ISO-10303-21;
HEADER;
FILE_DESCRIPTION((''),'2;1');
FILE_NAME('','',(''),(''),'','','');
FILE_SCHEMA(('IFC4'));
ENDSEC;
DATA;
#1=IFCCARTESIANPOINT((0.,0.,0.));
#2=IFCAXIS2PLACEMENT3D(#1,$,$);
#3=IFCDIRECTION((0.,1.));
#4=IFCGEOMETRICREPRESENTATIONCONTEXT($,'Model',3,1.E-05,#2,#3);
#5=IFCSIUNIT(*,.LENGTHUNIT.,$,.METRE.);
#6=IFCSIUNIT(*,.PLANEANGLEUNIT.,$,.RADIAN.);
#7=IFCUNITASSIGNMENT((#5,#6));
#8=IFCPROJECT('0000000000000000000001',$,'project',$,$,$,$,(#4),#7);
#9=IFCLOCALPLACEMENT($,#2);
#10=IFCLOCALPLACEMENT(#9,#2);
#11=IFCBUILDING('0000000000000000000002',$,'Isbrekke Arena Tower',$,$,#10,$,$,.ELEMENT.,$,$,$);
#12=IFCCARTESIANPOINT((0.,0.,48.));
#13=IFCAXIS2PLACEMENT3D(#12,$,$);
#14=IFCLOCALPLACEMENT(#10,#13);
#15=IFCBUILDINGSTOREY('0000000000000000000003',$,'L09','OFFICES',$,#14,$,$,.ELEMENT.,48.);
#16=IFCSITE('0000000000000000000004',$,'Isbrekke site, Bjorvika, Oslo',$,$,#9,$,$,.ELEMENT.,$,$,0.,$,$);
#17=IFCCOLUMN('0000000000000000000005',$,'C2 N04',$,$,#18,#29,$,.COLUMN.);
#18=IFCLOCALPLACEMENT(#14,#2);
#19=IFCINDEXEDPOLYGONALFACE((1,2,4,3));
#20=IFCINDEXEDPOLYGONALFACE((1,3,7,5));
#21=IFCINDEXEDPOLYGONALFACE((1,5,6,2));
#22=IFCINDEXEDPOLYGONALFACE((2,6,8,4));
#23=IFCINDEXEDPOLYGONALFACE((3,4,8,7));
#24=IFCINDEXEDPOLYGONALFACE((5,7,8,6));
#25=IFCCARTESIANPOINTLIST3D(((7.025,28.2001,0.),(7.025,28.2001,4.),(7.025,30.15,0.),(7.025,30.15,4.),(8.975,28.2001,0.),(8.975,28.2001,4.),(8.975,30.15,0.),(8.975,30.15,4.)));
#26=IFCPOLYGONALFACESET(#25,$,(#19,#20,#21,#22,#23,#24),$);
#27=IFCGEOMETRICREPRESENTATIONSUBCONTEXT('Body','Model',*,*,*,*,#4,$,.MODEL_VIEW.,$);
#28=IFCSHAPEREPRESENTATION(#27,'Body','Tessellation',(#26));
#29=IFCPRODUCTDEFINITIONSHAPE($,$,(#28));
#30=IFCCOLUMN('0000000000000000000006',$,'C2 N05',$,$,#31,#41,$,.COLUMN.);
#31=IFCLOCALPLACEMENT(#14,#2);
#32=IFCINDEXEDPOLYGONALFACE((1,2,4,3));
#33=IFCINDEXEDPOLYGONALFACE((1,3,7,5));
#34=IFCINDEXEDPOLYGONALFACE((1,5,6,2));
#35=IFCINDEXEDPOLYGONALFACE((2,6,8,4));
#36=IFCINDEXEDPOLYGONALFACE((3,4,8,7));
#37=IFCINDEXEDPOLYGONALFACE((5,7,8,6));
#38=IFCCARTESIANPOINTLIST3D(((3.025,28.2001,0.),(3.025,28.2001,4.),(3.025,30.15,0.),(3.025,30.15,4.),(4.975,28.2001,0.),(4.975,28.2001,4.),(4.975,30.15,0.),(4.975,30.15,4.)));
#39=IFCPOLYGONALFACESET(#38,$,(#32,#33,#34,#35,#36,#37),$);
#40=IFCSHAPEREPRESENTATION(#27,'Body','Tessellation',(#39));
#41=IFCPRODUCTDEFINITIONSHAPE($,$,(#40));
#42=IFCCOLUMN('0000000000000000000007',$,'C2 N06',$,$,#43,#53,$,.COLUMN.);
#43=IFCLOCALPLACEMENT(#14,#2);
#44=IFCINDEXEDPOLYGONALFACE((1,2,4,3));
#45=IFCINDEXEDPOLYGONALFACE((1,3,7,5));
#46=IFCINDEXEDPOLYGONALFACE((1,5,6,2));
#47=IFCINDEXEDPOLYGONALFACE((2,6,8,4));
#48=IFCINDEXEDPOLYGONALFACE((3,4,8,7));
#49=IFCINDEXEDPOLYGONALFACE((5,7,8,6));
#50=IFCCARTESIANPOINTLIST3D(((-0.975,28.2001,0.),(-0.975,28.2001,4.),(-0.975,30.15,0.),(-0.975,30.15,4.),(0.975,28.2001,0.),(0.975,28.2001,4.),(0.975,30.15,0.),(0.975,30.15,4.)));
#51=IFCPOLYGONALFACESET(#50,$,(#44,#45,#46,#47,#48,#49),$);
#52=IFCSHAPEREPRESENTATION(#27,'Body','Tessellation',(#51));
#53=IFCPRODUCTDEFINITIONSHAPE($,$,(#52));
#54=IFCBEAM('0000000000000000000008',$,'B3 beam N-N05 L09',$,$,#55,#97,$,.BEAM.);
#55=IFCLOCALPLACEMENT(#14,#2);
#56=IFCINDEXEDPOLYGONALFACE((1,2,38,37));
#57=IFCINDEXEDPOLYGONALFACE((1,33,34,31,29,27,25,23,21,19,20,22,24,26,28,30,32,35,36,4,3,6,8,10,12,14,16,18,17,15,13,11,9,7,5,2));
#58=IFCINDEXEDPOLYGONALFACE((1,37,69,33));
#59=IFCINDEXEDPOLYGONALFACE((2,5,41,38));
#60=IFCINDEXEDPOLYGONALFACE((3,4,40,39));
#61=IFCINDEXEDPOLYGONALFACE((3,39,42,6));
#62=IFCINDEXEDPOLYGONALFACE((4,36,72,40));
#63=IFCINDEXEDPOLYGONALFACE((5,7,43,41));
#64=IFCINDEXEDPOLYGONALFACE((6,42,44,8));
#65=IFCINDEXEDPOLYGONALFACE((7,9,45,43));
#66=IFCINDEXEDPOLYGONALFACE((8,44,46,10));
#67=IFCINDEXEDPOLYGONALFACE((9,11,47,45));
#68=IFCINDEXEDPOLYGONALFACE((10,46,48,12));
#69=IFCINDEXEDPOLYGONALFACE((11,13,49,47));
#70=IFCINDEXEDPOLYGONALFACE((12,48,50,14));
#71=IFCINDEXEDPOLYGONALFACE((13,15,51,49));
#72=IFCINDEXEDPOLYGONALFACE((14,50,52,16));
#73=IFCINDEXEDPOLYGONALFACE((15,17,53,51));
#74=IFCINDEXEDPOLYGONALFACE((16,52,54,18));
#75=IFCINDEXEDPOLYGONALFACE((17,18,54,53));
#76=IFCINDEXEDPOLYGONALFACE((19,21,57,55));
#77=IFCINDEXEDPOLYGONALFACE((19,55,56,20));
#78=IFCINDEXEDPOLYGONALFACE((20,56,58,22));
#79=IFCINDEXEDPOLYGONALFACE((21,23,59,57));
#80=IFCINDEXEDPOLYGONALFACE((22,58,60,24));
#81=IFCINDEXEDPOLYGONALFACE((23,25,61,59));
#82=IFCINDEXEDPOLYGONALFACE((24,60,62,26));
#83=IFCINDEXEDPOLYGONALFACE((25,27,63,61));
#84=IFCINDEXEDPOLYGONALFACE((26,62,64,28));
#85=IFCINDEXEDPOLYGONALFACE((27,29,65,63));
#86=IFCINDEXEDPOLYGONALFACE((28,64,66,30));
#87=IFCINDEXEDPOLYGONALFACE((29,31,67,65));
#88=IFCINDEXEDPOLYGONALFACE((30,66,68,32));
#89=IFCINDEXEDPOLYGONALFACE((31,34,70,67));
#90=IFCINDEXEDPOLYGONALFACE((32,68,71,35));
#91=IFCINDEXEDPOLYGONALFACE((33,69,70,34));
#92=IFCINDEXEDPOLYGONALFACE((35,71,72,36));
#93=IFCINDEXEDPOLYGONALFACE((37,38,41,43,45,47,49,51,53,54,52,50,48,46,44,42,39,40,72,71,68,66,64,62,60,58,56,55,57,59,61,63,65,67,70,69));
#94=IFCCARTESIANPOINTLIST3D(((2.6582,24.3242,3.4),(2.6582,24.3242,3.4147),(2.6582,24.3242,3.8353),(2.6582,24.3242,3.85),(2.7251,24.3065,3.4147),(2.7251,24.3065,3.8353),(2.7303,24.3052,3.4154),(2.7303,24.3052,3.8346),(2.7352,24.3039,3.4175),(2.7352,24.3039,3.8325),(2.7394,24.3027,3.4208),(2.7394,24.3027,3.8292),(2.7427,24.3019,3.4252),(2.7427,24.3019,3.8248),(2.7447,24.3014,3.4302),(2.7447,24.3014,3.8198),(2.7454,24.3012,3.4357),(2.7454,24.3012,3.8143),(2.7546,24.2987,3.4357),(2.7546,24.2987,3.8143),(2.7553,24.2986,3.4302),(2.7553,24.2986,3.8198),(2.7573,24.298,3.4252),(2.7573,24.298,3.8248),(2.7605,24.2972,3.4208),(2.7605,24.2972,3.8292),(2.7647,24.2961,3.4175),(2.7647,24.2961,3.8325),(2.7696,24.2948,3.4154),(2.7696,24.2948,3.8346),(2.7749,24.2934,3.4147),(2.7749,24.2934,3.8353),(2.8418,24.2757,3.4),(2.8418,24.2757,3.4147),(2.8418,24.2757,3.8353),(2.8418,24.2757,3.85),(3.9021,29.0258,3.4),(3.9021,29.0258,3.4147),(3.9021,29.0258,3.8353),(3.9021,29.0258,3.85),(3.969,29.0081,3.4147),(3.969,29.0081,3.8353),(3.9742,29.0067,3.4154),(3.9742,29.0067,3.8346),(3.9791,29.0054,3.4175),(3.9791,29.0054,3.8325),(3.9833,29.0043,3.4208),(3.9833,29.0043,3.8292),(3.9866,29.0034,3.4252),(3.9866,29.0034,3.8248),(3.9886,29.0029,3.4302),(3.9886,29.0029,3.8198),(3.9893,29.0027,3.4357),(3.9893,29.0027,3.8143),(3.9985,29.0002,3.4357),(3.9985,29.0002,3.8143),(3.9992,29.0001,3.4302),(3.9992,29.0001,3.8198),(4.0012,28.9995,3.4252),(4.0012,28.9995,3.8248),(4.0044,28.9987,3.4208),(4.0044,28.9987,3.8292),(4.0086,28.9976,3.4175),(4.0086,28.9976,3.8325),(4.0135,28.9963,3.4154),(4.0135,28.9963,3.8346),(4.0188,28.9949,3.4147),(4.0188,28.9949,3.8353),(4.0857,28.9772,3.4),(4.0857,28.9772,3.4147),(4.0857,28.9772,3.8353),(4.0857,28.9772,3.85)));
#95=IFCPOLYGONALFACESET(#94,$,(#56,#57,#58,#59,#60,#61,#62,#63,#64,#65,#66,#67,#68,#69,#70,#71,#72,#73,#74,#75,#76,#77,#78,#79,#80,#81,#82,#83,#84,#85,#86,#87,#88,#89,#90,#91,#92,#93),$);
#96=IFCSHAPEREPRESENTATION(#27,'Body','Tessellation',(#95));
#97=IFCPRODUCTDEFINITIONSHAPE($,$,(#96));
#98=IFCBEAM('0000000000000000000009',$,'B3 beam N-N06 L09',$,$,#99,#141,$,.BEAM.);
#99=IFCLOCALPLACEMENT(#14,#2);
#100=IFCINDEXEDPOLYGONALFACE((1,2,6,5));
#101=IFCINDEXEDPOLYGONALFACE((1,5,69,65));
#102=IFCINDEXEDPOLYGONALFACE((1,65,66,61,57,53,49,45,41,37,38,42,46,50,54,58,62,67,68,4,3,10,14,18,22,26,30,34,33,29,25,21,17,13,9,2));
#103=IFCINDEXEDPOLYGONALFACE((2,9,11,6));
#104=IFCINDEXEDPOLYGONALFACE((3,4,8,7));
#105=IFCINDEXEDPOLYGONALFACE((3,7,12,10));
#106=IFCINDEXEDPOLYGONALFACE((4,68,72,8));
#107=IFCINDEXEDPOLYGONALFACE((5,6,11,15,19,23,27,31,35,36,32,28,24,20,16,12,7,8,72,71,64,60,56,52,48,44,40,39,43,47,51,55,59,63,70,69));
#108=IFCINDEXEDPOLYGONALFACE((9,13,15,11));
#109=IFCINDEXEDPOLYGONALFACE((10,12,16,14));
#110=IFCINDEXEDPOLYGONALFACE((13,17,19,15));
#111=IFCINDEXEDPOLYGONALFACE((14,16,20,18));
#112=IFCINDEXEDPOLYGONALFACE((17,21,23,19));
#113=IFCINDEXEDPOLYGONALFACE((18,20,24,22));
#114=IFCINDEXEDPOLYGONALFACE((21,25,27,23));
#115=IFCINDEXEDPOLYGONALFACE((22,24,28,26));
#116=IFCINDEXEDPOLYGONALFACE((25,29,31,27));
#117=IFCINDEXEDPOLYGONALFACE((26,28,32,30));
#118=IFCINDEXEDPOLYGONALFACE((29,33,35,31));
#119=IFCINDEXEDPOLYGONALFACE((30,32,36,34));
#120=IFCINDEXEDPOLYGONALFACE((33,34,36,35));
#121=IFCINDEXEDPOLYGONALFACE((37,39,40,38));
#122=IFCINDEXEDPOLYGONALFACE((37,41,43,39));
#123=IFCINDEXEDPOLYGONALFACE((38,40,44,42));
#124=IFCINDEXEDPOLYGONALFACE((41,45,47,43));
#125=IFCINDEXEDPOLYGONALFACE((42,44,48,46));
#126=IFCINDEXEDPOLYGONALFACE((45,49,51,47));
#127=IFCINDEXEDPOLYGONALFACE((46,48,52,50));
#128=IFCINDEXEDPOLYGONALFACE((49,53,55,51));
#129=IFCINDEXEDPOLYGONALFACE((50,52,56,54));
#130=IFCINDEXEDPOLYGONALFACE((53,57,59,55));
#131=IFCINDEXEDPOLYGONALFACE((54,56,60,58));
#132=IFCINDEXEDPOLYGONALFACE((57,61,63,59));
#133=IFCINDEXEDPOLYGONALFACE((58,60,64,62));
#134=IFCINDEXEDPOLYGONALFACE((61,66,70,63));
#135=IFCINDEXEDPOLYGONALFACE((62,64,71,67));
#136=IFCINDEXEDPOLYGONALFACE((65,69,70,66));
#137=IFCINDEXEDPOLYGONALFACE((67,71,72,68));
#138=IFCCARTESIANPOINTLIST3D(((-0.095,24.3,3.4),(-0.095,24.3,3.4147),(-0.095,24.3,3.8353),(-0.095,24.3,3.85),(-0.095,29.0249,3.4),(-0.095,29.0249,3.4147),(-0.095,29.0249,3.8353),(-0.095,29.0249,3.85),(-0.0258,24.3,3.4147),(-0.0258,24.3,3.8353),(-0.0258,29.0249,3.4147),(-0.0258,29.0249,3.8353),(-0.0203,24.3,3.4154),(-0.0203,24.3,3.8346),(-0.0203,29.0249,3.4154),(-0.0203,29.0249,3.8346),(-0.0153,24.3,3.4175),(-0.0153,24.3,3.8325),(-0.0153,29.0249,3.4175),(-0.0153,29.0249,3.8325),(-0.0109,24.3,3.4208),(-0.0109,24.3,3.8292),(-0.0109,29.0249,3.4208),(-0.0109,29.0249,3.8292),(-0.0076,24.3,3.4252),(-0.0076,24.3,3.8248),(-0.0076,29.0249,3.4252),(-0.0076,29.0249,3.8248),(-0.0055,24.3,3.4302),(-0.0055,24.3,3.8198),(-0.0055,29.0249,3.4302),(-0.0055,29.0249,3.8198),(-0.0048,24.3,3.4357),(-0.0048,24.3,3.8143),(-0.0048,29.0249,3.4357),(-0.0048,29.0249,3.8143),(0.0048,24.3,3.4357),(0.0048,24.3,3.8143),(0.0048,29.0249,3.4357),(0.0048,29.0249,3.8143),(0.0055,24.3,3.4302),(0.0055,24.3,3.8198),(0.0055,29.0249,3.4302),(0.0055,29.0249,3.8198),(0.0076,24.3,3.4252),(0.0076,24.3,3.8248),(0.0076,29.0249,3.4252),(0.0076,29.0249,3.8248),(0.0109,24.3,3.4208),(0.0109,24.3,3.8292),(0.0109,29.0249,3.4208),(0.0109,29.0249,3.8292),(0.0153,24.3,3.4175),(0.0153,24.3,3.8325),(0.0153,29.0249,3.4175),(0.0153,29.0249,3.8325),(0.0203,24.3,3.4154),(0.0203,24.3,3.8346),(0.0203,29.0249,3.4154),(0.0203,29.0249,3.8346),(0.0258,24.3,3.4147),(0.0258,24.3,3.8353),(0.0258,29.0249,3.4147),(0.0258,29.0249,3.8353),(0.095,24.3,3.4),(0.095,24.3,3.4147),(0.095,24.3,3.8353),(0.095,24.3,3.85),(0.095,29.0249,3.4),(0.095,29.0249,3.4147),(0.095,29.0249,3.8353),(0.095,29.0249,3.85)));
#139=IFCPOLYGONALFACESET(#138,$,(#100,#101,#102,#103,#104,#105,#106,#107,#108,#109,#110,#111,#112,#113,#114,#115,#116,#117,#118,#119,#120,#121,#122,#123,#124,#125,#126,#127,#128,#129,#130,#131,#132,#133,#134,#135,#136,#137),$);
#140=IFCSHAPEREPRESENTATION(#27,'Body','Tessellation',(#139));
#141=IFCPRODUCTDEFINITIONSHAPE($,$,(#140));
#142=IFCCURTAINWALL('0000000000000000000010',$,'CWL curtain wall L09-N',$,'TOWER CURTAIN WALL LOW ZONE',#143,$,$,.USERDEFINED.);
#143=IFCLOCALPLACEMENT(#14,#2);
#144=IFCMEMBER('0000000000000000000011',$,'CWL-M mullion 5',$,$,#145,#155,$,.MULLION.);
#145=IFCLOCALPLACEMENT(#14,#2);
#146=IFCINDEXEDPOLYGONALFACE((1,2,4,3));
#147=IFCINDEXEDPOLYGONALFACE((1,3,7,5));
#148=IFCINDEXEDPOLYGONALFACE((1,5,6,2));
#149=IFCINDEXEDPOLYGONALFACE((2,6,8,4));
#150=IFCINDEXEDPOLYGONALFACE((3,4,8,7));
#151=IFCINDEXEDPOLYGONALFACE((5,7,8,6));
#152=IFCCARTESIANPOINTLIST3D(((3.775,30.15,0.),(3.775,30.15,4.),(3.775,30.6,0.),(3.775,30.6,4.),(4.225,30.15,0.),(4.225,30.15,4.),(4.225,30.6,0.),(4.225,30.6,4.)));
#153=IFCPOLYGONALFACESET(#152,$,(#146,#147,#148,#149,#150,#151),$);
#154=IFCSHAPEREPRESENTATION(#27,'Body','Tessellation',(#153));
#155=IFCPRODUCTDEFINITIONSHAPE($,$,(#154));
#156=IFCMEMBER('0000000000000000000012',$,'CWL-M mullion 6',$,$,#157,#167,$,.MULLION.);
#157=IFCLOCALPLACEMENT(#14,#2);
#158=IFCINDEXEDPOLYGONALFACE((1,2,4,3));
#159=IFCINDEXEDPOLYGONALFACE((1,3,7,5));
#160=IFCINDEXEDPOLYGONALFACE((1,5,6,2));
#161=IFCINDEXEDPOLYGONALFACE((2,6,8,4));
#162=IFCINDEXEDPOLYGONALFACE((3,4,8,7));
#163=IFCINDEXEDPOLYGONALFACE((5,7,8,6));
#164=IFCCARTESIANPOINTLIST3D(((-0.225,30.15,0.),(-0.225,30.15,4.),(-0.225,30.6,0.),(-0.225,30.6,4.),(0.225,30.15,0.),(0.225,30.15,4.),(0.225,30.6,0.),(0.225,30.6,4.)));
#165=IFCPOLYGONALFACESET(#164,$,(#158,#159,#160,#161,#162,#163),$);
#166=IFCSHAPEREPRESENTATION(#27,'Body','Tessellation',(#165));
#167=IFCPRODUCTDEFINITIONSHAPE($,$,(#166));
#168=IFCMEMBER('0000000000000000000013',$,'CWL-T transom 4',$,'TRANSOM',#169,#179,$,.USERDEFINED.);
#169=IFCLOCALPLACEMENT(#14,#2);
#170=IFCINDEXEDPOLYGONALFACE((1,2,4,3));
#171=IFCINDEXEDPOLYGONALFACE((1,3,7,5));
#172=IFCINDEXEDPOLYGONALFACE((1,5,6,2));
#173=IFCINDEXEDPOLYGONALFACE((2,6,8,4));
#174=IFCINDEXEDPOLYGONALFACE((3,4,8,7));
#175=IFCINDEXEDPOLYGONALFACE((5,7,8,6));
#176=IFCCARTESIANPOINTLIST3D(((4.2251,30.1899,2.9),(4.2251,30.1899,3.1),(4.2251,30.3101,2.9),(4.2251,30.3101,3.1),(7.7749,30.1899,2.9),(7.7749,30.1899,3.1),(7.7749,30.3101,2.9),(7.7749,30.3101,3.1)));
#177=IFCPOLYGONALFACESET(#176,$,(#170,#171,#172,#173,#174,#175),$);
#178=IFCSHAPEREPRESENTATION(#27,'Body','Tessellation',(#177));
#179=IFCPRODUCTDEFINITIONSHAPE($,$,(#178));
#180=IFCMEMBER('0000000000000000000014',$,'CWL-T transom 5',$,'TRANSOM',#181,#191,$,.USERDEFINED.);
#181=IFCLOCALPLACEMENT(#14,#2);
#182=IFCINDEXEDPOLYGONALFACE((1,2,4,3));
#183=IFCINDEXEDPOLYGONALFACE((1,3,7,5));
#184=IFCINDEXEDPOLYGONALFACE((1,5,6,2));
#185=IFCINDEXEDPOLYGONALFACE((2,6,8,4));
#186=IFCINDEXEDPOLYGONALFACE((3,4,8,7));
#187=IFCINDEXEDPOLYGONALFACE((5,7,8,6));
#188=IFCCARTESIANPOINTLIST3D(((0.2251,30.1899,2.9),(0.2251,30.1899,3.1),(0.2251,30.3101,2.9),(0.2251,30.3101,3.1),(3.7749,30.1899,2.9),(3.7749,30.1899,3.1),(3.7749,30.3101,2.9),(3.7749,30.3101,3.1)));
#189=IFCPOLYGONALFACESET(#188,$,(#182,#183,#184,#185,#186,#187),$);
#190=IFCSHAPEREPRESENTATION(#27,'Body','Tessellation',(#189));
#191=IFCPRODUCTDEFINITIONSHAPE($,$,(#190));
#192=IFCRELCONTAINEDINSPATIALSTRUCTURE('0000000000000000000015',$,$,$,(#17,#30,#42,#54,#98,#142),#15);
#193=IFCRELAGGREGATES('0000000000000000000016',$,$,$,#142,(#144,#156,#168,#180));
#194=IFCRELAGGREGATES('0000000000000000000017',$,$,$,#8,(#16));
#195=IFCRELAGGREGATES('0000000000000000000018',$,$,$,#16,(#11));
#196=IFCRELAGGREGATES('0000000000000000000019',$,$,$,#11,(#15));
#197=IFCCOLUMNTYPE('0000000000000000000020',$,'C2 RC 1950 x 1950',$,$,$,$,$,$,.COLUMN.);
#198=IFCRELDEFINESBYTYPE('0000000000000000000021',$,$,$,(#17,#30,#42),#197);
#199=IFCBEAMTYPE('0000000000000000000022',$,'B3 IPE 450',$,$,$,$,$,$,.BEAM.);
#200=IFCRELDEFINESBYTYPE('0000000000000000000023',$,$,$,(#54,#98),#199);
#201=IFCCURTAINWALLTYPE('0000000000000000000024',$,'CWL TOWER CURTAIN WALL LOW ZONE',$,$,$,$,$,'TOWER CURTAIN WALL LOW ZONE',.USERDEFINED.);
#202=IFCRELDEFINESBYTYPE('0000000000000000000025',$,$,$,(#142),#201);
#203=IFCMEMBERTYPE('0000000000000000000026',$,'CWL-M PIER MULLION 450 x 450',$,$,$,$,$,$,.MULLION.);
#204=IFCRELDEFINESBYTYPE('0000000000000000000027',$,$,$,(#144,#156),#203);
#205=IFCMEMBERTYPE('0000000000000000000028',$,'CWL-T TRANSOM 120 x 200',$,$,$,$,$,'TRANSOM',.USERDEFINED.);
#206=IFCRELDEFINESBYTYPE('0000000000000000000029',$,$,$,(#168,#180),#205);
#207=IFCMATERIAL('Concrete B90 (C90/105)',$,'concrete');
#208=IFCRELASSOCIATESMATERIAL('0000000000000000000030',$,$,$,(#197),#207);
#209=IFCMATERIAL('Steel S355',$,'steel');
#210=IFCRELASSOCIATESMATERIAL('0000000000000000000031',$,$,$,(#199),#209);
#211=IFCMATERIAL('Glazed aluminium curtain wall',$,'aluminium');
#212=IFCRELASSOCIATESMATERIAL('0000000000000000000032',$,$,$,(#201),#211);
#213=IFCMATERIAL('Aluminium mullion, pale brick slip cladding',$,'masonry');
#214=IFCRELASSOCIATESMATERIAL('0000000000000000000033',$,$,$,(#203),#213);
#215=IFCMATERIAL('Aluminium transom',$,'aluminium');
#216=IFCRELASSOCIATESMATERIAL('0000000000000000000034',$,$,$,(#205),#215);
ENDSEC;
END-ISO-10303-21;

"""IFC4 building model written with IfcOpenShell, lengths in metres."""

from ifc_helpers import new_model, si_unit, direction, frame, origin, origin_2d, place, context, subcontext, project, spatial, rectangle, i_section, extrude, material, material_profile, profile_set, type_object, element, aggregate, save


model = new_model("IFC4")

# Units and contexts
model_context = context("Model", 3, precision=1e-05, world=origin(), true_north=direction((0.0, 1.0)))
body_context = subcontext(model_context, "Body", "Model", "MODEL_VIEW")
ifc_project = project(units=[si_unit("LENGTHUNIT", "METRE"), si_unit("PLANEANGLEUNIT", "RADIAN")], contexts=[model_context])

# Site, building, storey
site_placement = place(None, origin())
site = spatial("IfcSite", under=ifc_project, at=site_placement, Name="Isbrekke site, Bjorvika, Oslo", CompositionType="ELEMENT", RefElevation=0.0)
building_placement = place(site_placement, origin())
building = spatial("IfcBuilding", under=site, at=building_placement, Name="Isbrekke Arena Tower", CompositionType="ELEMENT")
storey_placement = place(building_placement, frame((0.0, 0.0, 48.0)))
storey = spatial("IfcBuildingStorey", under=building, at=storey_placement, Name="L09", Description="OFFICES", CompositionType="ELEMENT", Elevation=48.0)

# Columns
ifc_material_1 = material(Name="Concrete B90 (C90/105)", Category="concrete")
ifc_material_profile_1 = material_profile(ifc_material_1, rectangle(XDim=1.95, YDim=1.95, at=origin_2d()), Name="RC 1950x1950")
ifc_profile_set_1 = profile_set([ifc_material_profile_1], Name="Concrete B90 (C90/105)")
column_type = type_object("IfcColumnType", Name="C2 RC 1950 x 1950", PredefinedType="COLUMN", material=ifc_profile_set_1)
for number, where, z_axis, x_axis, name in (
    (1, (8.0, 29.175, 0.0), (0.0, 0.0, 1.0), (-1.0, 0.0, 0.0), "C2 N04"),
    (2, (4.0, 29.175, 0.0), (0.0, 0.0, 1.0), (-1.0, 0.0, 0.0), "C2 N05"),
    (3, (0.0, 29.175, 0.0), (0.0, 0.0, 1.0), (-1.0, 0.0, 0.0), "C2 N06"),
):
    element("IfcColumn", number, at=place(storey_placement, frame(where, z_axis=z_axis, x_axis=x_axis)), inside=storey, type_object=column_type, Name=name, PredefinedType="COLUMN", context=body_context, shape_type="SweptSolid", body=[
        extrude(rectangle(XDim=1.95, YDim=1.95, at=origin_2d()), origin(), (0.0, 0.0, 1.0), 4.0),
    ])

# Beams
ifc_material_2 = material(Name="Steel S355", Category="steel")
ifc_material_profile_2 = material_profile(ifc_material_2, i_section(OverallWidth=0.1899, OverallDepth=0.45, WebThickness=0.0095, FlangeThickness=0.0146, FilletRadius=0.021, at=origin_2d()), Name="IPE 450")
ifc_profile_set_2 = profile_set([ifc_material_profile_2], Name="Steel S355")
beam_type_1 = type_object("IfcBeamType", Name="B3 IPE 450", PredefinedType="BEAM", material=ifc_profile_set_2)
beam_1_placement = place(storey_placement, frame((3.9939, 29.0015, 3.625), z_axis=(-0.255778, -0.966736, 0.0), x_axis=(0.966736, -0.255778, 0.0)))
element("IfcBeam", 4, at=beam_1_placement, inside=storey, type_object=beam_type_1, Name="B3 beam N-N05 L09", PredefinedType="BEAM", context=body_context, shape_type="SweptSolid", body=[
    extrude(i_section(OverallWidth=0.1899, OverallDepth=0.45, WebThickness=0.0095, FlangeThickness=0.0146, FilletRadius=0.021, at=origin_2d()), origin(), (0.0, 0.0, 1.0), 4.8633),
])
beam_2_placement = place(storey_placement, frame((0.0, 29.0249, 3.625), z_axis=(0.0, -1.0, 0.0), x_axis=(1.0, 0.0, 0.0)))
element("IfcBeam", 5, at=beam_2_placement, inside=storey, type_object=beam_type_1, Name="B3 beam N-N06 L09", PredefinedType="BEAM", context=body_context, shape_type="SweptSolid", body=[
    extrude(i_section(OverallWidth=0.1899, OverallDepth=0.45, WebThickness=0.0095, FlangeThickness=0.0146, FilletRadius=0.021, at=origin_2d()), origin(), (0.0, 0.0, 1.0), 4.7249),
])

# Curtain wall, members
ifc_material_3 = material(Name="Glazed aluminium curtain wall", Category="aluminium")
curtain_wall_type = type_object("IfcCurtainWallType", Name="CWL TOWER CURTAIN WALL LOW ZONE", ElementType="TOWER CURTAIN WALL LOW ZONE", PredefinedType="USERDEFINED", material=ifc_material_3)
curtain_wall_placement = place(storey_placement, origin())
curtain_wall = element("IfcCurtainWall", 6, at=curtain_wall_placement, inside=storey, type_object=curtain_wall_type, Name="CWL curtain wall L09-N", ObjectType="TOWER CURTAIN WALL LOW ZONE", PredefinedType="USERDEFINED")
ifc_material_4 = material(Name="Aluminium mullion, pale brick slip cladding", Category="masonry")
ifc_material_profile_3 = material_profile(ifc_material_4, rectangle(XDim=0.45, YDim=0.45, at=origin_2d()), Name="PIER 450X450")
ifc_profile_set_3 = profile_set([ifc_material_profile_3], Name="Aluminium mullion, pale brick slip cladding")
member_type_1 = type_object("IfcMemberType", Name="CWL-M PIER MULLION 450 x 450", PredefinedType="MULLION", material=ifc_profile_set_3)
member_1_placement = place(storey_placement, frame((4.0, 30.375, 0.0), z_axis=(0.0, 0.0, 1.0), x_axis=(-1.0, 0.0, 0.0)))
member_1 = element("IfcMember", 7, at=member_1_placement, type_object=member_type_1, Name="CWL-M mullion 5", PredefinedType="MULLION", context=body_context, shape_type="SweptSolid", body=[
    extrude(rectangle(XDim=0.45, YDim=0.45, at=origin_2d()), origin(), (0.0, 0.0, 1.0), 4.0),
])
member_2_placement = place(storey_placement, frame((0.0, 30.375, 0.0), z_axis=(0.0, 0.0, 1.0), x_axis=(-1.0, 0.0, 0.0)))
member_2 = element("IfcMember", 8, at=member_2_placement, type_object=member_type_1, Name="CWL-M mullion 6", PredefinedType="MULLION", context=body_context, shape_type="SweptSolid", body=[
    extrude(rectangle(XDim=0.45, YDim=0.45, at=origin_2d()), origin(), (0.0, 0.0, 1.0), 4.0),
])
ifc_material_5 = material(Name="Aluminium transom", Category="aluminium")
ifc_material_profile_4 = material_profile(ifc_material_5, rectangle(XDim=0.1201, YDim=0.2, at=origin_2d()), Name="TRANSOM 120X200")
ifc_profile_set_4 = profile_set([ifc_material_profile_4], Name="Aluminium transom")
member_type_2 = type_object("IfcMemberType", Name="CWL-T TRANSOM 120 x 200", ElementType="TRANSOM", PredefinedType="USERDEFINED", material=ifc_profile_set_4)
member_3_placement = place(storey_placement, frame((7.7749, 30.25, 3.0), z_axis=(-1.0, 0.0, 0.0), x_axis=(0.0, -1.0, 0.0)))
member_3 = element("IfcMember", 9, at=member_3_placement, type_object=member_type_2, Name="CWL-T transom 4", ObjectType="TRANSOM", PredefinedType="USERDEFINED", context=body_context, shape_type="SweptSolid", body=[
    extrude(rectangle(XDim=0.1201, YDim=0.2, at=origin_2d()), origin(), (0.0, 0.0, 1.0), 3.5498),
])
member_4_placement = place(storey_placement, frame((3.7749, 30.25, 3.0), z_axis=(-1.0, 0.0, 0.0), x_axis=(0.0, -1.0, 0.0)))
member_4 = element("IfcMember", 10, at=member_4_placement, type_object=member_type_2, Name="CWL-T transom 5", ObjectType="TRANSOM", PredefinedType="USERDEFINED", context=body_context, shape_type="SweptSolid", body=[
    extrude(rectangle(XDim=0.1201, YDim=0.2, at=origin_2d()), origin(), (0.0, 0.0, 1.0), 3.5498),
])

aggregate(curtain_wall, [member_1, member_2, member_3, member_4])

save(model, "model.ifc")
